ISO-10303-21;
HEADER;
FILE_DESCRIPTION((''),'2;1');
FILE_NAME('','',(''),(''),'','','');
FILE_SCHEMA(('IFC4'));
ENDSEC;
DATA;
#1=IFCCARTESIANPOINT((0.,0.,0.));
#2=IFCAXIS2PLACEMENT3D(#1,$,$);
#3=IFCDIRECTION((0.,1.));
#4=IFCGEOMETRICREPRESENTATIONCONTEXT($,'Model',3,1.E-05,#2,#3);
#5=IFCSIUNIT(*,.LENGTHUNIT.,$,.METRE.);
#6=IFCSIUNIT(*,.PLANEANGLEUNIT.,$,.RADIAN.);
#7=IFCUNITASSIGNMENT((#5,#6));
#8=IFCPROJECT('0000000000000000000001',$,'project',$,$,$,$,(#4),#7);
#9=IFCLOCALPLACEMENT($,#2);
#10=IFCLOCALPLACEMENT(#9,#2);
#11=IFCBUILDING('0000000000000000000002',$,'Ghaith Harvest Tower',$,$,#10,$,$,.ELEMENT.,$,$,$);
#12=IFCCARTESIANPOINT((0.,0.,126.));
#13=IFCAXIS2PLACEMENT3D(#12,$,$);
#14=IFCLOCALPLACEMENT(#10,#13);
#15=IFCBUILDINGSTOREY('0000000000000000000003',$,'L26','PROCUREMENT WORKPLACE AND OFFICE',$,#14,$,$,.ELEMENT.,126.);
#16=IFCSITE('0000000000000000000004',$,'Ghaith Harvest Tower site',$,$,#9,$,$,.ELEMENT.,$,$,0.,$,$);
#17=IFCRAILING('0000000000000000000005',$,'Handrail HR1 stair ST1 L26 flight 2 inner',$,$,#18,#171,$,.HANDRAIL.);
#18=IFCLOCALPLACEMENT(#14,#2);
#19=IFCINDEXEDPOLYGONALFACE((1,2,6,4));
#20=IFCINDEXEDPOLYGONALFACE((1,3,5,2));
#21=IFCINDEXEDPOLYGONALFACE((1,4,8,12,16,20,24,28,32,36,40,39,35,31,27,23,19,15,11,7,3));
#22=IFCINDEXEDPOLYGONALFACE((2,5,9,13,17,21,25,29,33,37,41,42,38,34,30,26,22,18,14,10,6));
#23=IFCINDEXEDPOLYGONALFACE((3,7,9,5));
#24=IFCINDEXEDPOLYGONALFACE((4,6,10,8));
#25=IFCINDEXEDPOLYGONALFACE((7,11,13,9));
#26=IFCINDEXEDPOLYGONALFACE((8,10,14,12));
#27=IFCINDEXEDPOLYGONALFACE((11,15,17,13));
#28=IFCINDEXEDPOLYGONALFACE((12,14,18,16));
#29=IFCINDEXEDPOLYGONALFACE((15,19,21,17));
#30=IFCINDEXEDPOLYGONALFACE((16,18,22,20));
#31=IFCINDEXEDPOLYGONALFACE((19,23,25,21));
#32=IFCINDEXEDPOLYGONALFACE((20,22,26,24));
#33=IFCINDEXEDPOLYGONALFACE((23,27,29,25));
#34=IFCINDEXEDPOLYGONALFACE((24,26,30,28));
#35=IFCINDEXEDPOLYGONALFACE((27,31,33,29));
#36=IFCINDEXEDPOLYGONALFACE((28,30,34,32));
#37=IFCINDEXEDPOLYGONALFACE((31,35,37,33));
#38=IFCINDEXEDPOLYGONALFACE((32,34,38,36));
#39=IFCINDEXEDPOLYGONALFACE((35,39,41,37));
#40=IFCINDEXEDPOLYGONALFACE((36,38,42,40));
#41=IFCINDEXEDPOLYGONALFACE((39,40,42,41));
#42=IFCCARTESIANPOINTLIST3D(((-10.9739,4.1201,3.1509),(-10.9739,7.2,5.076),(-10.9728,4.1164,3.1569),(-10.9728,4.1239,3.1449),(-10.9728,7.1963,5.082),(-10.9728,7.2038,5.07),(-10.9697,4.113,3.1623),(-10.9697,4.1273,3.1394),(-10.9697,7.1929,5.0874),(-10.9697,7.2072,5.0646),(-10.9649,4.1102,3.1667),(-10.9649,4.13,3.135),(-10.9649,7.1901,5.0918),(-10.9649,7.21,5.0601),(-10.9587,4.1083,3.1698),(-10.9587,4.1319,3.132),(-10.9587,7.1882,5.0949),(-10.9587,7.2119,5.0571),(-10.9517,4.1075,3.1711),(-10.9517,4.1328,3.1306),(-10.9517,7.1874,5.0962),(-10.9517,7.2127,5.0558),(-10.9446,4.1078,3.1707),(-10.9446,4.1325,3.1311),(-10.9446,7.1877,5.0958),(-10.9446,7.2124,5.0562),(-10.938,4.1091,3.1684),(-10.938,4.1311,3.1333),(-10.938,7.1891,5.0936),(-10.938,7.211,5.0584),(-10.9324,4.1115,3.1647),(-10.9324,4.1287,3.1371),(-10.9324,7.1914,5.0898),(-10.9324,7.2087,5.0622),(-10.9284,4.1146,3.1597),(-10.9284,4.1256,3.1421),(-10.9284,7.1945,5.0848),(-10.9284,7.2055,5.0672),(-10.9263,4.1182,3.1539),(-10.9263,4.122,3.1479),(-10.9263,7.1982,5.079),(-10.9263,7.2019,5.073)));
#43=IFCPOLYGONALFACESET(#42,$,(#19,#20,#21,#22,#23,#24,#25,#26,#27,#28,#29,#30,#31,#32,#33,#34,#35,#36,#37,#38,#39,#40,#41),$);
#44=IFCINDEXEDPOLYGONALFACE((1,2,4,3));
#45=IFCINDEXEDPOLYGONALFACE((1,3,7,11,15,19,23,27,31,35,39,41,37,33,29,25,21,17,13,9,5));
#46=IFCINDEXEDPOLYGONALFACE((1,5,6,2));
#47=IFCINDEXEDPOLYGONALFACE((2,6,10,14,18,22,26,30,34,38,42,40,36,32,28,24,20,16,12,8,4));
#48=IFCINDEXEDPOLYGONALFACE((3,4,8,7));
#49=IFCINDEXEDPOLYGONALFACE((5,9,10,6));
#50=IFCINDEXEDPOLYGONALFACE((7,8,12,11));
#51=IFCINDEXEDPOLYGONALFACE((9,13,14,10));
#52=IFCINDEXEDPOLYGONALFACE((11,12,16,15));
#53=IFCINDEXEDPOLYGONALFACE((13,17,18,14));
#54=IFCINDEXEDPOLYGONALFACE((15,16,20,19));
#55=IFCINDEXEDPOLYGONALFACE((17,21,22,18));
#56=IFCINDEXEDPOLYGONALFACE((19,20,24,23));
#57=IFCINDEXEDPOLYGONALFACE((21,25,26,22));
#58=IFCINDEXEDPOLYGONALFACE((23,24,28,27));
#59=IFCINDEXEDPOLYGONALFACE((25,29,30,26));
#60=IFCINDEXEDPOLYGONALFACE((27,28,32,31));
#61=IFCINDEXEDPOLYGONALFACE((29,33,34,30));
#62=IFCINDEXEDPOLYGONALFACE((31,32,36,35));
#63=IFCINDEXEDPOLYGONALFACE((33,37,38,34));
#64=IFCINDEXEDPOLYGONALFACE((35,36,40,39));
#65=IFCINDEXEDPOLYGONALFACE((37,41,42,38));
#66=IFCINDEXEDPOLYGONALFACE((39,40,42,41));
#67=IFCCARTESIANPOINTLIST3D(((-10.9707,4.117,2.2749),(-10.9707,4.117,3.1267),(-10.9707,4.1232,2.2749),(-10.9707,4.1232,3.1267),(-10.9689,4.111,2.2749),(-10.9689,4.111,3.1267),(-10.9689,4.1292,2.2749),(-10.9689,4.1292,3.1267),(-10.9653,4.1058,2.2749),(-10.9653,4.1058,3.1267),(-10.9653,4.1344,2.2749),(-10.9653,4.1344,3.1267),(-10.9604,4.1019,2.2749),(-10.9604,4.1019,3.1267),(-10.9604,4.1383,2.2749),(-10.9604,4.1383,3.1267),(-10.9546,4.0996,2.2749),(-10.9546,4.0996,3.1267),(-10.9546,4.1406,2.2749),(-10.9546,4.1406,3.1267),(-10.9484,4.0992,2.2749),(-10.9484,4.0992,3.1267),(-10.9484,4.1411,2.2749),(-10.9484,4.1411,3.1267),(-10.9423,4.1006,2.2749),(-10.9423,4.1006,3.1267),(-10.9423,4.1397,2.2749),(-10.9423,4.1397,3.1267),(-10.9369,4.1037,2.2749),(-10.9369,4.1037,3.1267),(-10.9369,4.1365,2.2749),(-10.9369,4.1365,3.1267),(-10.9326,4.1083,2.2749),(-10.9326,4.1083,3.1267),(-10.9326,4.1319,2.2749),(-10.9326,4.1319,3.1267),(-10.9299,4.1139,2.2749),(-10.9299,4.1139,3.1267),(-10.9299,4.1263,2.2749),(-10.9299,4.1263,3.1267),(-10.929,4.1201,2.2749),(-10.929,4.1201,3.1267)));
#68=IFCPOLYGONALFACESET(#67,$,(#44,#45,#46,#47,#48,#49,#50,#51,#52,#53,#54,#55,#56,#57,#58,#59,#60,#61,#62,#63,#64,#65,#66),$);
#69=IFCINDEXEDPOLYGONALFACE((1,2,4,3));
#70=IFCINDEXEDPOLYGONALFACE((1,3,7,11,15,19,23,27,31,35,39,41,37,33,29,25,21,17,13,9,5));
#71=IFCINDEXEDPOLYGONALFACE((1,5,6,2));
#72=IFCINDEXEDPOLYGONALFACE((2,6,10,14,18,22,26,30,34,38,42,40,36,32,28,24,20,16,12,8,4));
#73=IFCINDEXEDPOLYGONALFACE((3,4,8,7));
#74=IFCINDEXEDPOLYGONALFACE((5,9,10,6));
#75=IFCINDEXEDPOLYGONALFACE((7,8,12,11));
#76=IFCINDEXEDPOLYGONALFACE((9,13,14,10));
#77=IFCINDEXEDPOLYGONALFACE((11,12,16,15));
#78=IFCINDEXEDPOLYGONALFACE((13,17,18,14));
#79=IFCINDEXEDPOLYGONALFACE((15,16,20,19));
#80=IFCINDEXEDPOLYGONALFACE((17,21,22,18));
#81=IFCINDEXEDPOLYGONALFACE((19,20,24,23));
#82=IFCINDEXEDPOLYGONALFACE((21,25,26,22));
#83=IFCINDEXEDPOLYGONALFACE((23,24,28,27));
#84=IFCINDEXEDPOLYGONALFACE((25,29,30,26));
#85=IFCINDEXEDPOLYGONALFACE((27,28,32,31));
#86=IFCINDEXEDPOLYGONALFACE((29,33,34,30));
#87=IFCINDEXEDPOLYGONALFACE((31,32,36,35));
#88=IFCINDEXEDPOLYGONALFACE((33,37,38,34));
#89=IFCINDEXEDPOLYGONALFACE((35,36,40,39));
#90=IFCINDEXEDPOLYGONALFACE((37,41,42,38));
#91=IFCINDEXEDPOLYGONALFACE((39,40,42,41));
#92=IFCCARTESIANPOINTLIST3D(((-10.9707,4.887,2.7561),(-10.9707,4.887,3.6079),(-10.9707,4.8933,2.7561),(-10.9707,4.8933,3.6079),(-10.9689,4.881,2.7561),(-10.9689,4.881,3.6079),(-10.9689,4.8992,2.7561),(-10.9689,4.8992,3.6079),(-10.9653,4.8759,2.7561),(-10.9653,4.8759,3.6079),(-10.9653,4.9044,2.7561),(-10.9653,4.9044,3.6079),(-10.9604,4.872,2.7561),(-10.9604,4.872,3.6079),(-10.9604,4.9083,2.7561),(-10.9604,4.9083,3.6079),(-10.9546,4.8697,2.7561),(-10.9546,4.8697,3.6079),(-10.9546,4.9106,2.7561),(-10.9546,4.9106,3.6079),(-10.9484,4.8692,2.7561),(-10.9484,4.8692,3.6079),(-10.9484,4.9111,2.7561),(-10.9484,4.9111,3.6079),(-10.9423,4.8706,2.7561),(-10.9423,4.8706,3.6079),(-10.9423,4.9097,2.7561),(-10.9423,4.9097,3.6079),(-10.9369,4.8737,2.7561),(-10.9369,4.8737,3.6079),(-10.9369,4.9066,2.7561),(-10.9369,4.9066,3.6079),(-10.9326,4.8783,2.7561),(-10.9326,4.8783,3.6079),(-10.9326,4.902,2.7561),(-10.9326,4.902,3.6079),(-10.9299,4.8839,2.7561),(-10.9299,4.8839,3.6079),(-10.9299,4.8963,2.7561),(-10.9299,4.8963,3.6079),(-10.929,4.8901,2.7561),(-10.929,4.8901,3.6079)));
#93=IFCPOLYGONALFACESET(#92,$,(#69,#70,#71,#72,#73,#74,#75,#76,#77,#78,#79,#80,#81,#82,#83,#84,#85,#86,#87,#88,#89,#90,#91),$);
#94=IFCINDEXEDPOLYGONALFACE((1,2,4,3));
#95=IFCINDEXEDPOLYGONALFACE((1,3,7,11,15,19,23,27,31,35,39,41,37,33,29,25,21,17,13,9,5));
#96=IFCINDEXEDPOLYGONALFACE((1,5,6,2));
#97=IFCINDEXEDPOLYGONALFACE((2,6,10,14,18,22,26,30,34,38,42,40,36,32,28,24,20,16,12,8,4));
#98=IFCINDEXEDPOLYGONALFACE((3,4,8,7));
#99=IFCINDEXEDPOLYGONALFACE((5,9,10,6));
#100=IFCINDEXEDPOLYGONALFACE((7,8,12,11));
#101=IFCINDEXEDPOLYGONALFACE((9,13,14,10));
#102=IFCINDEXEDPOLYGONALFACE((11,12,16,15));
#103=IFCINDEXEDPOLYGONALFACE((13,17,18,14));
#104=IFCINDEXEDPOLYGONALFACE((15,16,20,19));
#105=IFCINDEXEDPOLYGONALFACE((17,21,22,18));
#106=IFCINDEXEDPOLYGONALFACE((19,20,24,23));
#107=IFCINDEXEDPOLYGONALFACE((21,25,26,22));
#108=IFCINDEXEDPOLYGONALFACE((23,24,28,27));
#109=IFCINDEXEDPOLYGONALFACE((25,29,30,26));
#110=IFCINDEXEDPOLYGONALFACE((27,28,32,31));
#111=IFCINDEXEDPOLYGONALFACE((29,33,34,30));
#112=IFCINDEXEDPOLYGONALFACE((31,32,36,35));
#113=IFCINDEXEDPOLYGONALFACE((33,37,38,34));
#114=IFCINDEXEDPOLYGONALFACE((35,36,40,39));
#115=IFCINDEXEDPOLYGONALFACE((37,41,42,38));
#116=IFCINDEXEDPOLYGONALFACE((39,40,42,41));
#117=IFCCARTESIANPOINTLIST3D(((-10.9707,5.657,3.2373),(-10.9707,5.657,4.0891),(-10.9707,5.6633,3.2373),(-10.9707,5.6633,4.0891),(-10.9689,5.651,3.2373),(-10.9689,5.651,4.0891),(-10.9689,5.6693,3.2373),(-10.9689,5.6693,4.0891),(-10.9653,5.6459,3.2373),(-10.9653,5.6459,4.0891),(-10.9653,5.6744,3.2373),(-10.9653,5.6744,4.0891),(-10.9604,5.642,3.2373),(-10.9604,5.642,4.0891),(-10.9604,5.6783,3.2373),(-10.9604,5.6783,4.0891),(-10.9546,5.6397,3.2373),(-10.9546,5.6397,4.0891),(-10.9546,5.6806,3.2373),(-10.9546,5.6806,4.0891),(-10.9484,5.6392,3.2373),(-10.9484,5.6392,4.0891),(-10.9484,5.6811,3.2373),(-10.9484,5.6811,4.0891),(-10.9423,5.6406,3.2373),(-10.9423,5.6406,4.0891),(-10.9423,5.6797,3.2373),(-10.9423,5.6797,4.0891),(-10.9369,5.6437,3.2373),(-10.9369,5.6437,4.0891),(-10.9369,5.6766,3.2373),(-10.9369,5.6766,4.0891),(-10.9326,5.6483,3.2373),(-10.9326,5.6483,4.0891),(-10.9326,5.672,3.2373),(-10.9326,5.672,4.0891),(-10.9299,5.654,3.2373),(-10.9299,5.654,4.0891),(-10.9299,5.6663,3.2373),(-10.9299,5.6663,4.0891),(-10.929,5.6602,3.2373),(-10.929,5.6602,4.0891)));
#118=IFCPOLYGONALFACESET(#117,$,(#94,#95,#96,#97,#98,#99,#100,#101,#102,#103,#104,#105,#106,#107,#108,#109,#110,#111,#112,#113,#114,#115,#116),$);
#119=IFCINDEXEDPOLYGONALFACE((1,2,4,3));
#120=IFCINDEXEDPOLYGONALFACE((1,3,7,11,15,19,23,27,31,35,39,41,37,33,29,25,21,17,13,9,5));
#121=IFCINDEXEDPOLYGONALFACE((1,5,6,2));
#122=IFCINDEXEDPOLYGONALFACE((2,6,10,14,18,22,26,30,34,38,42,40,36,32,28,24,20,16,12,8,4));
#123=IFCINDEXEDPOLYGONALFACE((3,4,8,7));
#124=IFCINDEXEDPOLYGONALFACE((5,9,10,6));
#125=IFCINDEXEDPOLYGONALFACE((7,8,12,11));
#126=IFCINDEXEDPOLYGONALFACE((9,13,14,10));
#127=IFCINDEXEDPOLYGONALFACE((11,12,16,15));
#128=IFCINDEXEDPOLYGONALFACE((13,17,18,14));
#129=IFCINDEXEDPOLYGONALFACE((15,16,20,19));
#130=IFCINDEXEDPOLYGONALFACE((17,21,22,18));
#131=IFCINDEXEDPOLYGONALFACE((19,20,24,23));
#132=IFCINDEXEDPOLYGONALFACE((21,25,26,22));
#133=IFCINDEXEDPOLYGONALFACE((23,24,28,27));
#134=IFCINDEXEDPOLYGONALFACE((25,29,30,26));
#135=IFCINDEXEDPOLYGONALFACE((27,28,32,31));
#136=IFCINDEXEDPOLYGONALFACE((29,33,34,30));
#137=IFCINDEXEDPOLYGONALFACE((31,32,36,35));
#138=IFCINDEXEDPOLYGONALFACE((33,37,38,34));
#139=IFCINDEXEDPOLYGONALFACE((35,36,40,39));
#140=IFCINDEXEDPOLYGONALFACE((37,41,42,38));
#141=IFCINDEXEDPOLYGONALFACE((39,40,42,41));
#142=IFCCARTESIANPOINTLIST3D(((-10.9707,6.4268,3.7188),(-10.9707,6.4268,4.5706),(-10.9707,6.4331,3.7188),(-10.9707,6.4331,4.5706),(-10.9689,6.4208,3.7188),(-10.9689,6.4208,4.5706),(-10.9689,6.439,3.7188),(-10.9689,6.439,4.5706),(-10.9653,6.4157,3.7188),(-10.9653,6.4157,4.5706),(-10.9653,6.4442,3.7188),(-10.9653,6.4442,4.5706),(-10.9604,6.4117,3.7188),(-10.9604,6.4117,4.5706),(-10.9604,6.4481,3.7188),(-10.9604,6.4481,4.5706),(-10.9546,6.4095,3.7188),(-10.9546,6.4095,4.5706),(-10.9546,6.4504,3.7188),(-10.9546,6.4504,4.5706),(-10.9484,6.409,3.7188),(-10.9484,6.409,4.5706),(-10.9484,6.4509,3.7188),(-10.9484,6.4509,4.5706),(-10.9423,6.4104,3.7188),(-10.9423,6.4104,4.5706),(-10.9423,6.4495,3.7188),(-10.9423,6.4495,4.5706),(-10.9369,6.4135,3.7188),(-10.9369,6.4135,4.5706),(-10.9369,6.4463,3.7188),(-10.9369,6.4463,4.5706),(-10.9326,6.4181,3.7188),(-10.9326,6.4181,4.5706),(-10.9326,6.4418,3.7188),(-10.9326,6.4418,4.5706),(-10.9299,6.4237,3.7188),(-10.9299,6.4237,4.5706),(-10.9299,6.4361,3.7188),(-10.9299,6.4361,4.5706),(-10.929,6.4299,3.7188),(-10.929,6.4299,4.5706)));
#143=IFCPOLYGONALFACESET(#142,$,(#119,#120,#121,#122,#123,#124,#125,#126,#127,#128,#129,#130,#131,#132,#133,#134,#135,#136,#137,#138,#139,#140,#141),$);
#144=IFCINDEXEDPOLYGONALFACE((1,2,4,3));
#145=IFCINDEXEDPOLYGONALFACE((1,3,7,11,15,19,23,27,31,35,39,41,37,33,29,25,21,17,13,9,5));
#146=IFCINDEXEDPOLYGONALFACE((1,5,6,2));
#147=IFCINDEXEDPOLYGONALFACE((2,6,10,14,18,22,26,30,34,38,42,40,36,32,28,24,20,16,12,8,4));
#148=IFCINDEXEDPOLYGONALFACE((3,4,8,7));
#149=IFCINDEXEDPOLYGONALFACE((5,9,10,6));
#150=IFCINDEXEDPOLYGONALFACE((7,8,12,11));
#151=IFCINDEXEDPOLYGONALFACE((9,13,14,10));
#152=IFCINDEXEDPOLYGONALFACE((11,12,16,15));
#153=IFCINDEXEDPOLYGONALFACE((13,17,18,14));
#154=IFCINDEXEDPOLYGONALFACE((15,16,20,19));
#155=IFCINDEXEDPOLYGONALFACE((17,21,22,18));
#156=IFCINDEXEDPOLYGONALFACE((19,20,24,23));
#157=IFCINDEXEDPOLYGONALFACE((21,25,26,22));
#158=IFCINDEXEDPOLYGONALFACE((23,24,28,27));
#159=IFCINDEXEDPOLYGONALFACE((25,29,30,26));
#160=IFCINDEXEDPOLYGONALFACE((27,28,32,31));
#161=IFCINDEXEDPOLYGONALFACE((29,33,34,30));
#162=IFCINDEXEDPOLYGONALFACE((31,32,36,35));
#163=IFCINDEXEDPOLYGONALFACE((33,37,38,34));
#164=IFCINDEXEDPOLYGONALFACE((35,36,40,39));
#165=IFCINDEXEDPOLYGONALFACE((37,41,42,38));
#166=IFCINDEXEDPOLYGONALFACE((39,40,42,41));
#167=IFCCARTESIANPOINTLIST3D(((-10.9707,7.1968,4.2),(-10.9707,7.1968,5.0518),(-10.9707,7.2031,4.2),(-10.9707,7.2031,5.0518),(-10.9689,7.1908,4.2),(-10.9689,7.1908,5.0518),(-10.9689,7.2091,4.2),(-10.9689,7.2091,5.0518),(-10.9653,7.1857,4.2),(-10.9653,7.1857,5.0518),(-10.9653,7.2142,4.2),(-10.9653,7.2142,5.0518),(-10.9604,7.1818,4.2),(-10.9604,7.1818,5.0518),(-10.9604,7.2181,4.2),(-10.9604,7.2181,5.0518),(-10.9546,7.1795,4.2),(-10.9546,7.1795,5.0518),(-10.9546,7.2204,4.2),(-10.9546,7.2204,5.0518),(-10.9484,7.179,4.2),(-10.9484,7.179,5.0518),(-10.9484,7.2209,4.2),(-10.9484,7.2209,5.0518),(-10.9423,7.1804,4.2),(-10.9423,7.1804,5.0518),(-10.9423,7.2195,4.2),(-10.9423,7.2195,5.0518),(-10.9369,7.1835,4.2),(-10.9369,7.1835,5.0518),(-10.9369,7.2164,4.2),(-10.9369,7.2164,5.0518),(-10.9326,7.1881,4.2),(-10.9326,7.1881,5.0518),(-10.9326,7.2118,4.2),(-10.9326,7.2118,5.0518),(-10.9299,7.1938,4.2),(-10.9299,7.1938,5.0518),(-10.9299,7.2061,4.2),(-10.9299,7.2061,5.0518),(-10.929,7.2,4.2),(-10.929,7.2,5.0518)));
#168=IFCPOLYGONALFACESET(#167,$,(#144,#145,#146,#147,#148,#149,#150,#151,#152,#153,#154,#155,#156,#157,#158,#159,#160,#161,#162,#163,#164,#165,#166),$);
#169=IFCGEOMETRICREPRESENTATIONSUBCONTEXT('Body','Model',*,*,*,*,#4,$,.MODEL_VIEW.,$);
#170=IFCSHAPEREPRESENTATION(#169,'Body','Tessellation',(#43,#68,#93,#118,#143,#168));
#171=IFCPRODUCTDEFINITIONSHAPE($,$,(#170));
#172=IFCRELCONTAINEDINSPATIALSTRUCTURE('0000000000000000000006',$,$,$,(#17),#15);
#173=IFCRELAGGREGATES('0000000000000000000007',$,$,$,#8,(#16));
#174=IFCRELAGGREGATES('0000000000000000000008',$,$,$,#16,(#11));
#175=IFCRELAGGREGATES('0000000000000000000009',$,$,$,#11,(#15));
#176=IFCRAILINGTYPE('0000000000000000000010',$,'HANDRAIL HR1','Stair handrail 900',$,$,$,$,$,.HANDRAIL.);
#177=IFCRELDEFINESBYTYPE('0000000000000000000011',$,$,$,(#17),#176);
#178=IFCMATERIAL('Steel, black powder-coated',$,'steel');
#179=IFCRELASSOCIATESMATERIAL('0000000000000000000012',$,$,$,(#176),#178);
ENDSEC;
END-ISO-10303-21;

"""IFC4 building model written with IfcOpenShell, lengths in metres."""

from ifc_helpers import new_model, si_unit, direction, frame, origin, origin_2d, place, context, subcontext, project, spatial, circle, extrude, material, type_object, element, save


model = new_model("IFC4")

# Units and contexts
model_context = context("Model", 3, precision=1e-05, world=origin(), true_north=direction((0.0, 1.0)))
body_context = subcontext(model_context, "Body", "Model", "MODEL_VIEW")
ifc_project = project(units=[si_unit("LENGTHUNIT", "METRE"), si_unit("PLANEANGLEUNIT", "RADIAN")], contexts=[model_context])

# Site, building, storey
site_placement = place(None, origin())
site = spatial("IfcSite", under=ifc_project, at=site_placement, Name="Ghaith Harvest Tower site", CompositionType="ELEMENT", RefElevation=0.0)
building_placement = place(site_placement, origin())
building = spatial("IfcBuilding", under=site, at=building_placement, Name="Ghaith Harvest Tower", CompositionType="ELEMENT")
storey_placement = place(building_placement, frame((0.0, 0.0, 126.0)))
storey = spatial("IfcBuildingStorey", under=building, at=storey_placement, Name="L26", Description="PROCUREMENT WORKPLACE AND OFFICE", CompositionType="ELEMENT", Elevation=126.0)

# Railing
ifc_material_1 = material(Name="Steel, black powder-coated", Category="steel")
railing_type = type_object("IfcRailingType", Name="HANDRAIL HR1", Description="Stair handrail 900", PredefinedType="HANDRAIL", material=ifc_material_1)
railing_1_placement = place(storey_placement, frame((-10.95, 4.1201, 2.2749)))
element("IfcRailing", 1, at=railing_1_placement, inside=storey, type_object=railing_type, Name="Handrail HR1 stair ST1 L26 flight 2 inner", PredefinedType="HANDRAIL", context=body_context, shape_type="SweptSolid", body=[
    extrude(circle(Radius=0.0239, at=origin_2d()), frame((0.0, 0.0, 0.876), z_axis=(0.0, 0.847979, 0.530029), x_axis=(-1.0, 0.0, 0.0)), (0.0, 0.0, 1.0), 3.6321),
    extrude(circle(Radius=0.021, at=origin_2d()), origin(), (0.0, 0.0, 1.0), 0.8518),
    extrude(circle(Radius=0.021, at=origin_2d()), frame((0.0, 0.77, 0.4812)), (0.0, 0.0, 1.0), 0.8518),
    extrude(circle(Radius=0.021, at=origin_2d()), frame((0.0, 1.54, 0.9624)), (0.0, 0.0, 1.0), 0.8518),
    extrude(circle(Radius=0.021, at=origin_2d()), frame((0.0, 2.3098, 1.4438)), (0.0, 0.0, 1.0), 0.8518),
    extrude(circle(Radius=0.021, at=origin_2d()), frame((0.0, 3.0798, 1.925)), (0.0, 0.0, 1.0), 0.8518),
])

save(model, "model.ifc")
